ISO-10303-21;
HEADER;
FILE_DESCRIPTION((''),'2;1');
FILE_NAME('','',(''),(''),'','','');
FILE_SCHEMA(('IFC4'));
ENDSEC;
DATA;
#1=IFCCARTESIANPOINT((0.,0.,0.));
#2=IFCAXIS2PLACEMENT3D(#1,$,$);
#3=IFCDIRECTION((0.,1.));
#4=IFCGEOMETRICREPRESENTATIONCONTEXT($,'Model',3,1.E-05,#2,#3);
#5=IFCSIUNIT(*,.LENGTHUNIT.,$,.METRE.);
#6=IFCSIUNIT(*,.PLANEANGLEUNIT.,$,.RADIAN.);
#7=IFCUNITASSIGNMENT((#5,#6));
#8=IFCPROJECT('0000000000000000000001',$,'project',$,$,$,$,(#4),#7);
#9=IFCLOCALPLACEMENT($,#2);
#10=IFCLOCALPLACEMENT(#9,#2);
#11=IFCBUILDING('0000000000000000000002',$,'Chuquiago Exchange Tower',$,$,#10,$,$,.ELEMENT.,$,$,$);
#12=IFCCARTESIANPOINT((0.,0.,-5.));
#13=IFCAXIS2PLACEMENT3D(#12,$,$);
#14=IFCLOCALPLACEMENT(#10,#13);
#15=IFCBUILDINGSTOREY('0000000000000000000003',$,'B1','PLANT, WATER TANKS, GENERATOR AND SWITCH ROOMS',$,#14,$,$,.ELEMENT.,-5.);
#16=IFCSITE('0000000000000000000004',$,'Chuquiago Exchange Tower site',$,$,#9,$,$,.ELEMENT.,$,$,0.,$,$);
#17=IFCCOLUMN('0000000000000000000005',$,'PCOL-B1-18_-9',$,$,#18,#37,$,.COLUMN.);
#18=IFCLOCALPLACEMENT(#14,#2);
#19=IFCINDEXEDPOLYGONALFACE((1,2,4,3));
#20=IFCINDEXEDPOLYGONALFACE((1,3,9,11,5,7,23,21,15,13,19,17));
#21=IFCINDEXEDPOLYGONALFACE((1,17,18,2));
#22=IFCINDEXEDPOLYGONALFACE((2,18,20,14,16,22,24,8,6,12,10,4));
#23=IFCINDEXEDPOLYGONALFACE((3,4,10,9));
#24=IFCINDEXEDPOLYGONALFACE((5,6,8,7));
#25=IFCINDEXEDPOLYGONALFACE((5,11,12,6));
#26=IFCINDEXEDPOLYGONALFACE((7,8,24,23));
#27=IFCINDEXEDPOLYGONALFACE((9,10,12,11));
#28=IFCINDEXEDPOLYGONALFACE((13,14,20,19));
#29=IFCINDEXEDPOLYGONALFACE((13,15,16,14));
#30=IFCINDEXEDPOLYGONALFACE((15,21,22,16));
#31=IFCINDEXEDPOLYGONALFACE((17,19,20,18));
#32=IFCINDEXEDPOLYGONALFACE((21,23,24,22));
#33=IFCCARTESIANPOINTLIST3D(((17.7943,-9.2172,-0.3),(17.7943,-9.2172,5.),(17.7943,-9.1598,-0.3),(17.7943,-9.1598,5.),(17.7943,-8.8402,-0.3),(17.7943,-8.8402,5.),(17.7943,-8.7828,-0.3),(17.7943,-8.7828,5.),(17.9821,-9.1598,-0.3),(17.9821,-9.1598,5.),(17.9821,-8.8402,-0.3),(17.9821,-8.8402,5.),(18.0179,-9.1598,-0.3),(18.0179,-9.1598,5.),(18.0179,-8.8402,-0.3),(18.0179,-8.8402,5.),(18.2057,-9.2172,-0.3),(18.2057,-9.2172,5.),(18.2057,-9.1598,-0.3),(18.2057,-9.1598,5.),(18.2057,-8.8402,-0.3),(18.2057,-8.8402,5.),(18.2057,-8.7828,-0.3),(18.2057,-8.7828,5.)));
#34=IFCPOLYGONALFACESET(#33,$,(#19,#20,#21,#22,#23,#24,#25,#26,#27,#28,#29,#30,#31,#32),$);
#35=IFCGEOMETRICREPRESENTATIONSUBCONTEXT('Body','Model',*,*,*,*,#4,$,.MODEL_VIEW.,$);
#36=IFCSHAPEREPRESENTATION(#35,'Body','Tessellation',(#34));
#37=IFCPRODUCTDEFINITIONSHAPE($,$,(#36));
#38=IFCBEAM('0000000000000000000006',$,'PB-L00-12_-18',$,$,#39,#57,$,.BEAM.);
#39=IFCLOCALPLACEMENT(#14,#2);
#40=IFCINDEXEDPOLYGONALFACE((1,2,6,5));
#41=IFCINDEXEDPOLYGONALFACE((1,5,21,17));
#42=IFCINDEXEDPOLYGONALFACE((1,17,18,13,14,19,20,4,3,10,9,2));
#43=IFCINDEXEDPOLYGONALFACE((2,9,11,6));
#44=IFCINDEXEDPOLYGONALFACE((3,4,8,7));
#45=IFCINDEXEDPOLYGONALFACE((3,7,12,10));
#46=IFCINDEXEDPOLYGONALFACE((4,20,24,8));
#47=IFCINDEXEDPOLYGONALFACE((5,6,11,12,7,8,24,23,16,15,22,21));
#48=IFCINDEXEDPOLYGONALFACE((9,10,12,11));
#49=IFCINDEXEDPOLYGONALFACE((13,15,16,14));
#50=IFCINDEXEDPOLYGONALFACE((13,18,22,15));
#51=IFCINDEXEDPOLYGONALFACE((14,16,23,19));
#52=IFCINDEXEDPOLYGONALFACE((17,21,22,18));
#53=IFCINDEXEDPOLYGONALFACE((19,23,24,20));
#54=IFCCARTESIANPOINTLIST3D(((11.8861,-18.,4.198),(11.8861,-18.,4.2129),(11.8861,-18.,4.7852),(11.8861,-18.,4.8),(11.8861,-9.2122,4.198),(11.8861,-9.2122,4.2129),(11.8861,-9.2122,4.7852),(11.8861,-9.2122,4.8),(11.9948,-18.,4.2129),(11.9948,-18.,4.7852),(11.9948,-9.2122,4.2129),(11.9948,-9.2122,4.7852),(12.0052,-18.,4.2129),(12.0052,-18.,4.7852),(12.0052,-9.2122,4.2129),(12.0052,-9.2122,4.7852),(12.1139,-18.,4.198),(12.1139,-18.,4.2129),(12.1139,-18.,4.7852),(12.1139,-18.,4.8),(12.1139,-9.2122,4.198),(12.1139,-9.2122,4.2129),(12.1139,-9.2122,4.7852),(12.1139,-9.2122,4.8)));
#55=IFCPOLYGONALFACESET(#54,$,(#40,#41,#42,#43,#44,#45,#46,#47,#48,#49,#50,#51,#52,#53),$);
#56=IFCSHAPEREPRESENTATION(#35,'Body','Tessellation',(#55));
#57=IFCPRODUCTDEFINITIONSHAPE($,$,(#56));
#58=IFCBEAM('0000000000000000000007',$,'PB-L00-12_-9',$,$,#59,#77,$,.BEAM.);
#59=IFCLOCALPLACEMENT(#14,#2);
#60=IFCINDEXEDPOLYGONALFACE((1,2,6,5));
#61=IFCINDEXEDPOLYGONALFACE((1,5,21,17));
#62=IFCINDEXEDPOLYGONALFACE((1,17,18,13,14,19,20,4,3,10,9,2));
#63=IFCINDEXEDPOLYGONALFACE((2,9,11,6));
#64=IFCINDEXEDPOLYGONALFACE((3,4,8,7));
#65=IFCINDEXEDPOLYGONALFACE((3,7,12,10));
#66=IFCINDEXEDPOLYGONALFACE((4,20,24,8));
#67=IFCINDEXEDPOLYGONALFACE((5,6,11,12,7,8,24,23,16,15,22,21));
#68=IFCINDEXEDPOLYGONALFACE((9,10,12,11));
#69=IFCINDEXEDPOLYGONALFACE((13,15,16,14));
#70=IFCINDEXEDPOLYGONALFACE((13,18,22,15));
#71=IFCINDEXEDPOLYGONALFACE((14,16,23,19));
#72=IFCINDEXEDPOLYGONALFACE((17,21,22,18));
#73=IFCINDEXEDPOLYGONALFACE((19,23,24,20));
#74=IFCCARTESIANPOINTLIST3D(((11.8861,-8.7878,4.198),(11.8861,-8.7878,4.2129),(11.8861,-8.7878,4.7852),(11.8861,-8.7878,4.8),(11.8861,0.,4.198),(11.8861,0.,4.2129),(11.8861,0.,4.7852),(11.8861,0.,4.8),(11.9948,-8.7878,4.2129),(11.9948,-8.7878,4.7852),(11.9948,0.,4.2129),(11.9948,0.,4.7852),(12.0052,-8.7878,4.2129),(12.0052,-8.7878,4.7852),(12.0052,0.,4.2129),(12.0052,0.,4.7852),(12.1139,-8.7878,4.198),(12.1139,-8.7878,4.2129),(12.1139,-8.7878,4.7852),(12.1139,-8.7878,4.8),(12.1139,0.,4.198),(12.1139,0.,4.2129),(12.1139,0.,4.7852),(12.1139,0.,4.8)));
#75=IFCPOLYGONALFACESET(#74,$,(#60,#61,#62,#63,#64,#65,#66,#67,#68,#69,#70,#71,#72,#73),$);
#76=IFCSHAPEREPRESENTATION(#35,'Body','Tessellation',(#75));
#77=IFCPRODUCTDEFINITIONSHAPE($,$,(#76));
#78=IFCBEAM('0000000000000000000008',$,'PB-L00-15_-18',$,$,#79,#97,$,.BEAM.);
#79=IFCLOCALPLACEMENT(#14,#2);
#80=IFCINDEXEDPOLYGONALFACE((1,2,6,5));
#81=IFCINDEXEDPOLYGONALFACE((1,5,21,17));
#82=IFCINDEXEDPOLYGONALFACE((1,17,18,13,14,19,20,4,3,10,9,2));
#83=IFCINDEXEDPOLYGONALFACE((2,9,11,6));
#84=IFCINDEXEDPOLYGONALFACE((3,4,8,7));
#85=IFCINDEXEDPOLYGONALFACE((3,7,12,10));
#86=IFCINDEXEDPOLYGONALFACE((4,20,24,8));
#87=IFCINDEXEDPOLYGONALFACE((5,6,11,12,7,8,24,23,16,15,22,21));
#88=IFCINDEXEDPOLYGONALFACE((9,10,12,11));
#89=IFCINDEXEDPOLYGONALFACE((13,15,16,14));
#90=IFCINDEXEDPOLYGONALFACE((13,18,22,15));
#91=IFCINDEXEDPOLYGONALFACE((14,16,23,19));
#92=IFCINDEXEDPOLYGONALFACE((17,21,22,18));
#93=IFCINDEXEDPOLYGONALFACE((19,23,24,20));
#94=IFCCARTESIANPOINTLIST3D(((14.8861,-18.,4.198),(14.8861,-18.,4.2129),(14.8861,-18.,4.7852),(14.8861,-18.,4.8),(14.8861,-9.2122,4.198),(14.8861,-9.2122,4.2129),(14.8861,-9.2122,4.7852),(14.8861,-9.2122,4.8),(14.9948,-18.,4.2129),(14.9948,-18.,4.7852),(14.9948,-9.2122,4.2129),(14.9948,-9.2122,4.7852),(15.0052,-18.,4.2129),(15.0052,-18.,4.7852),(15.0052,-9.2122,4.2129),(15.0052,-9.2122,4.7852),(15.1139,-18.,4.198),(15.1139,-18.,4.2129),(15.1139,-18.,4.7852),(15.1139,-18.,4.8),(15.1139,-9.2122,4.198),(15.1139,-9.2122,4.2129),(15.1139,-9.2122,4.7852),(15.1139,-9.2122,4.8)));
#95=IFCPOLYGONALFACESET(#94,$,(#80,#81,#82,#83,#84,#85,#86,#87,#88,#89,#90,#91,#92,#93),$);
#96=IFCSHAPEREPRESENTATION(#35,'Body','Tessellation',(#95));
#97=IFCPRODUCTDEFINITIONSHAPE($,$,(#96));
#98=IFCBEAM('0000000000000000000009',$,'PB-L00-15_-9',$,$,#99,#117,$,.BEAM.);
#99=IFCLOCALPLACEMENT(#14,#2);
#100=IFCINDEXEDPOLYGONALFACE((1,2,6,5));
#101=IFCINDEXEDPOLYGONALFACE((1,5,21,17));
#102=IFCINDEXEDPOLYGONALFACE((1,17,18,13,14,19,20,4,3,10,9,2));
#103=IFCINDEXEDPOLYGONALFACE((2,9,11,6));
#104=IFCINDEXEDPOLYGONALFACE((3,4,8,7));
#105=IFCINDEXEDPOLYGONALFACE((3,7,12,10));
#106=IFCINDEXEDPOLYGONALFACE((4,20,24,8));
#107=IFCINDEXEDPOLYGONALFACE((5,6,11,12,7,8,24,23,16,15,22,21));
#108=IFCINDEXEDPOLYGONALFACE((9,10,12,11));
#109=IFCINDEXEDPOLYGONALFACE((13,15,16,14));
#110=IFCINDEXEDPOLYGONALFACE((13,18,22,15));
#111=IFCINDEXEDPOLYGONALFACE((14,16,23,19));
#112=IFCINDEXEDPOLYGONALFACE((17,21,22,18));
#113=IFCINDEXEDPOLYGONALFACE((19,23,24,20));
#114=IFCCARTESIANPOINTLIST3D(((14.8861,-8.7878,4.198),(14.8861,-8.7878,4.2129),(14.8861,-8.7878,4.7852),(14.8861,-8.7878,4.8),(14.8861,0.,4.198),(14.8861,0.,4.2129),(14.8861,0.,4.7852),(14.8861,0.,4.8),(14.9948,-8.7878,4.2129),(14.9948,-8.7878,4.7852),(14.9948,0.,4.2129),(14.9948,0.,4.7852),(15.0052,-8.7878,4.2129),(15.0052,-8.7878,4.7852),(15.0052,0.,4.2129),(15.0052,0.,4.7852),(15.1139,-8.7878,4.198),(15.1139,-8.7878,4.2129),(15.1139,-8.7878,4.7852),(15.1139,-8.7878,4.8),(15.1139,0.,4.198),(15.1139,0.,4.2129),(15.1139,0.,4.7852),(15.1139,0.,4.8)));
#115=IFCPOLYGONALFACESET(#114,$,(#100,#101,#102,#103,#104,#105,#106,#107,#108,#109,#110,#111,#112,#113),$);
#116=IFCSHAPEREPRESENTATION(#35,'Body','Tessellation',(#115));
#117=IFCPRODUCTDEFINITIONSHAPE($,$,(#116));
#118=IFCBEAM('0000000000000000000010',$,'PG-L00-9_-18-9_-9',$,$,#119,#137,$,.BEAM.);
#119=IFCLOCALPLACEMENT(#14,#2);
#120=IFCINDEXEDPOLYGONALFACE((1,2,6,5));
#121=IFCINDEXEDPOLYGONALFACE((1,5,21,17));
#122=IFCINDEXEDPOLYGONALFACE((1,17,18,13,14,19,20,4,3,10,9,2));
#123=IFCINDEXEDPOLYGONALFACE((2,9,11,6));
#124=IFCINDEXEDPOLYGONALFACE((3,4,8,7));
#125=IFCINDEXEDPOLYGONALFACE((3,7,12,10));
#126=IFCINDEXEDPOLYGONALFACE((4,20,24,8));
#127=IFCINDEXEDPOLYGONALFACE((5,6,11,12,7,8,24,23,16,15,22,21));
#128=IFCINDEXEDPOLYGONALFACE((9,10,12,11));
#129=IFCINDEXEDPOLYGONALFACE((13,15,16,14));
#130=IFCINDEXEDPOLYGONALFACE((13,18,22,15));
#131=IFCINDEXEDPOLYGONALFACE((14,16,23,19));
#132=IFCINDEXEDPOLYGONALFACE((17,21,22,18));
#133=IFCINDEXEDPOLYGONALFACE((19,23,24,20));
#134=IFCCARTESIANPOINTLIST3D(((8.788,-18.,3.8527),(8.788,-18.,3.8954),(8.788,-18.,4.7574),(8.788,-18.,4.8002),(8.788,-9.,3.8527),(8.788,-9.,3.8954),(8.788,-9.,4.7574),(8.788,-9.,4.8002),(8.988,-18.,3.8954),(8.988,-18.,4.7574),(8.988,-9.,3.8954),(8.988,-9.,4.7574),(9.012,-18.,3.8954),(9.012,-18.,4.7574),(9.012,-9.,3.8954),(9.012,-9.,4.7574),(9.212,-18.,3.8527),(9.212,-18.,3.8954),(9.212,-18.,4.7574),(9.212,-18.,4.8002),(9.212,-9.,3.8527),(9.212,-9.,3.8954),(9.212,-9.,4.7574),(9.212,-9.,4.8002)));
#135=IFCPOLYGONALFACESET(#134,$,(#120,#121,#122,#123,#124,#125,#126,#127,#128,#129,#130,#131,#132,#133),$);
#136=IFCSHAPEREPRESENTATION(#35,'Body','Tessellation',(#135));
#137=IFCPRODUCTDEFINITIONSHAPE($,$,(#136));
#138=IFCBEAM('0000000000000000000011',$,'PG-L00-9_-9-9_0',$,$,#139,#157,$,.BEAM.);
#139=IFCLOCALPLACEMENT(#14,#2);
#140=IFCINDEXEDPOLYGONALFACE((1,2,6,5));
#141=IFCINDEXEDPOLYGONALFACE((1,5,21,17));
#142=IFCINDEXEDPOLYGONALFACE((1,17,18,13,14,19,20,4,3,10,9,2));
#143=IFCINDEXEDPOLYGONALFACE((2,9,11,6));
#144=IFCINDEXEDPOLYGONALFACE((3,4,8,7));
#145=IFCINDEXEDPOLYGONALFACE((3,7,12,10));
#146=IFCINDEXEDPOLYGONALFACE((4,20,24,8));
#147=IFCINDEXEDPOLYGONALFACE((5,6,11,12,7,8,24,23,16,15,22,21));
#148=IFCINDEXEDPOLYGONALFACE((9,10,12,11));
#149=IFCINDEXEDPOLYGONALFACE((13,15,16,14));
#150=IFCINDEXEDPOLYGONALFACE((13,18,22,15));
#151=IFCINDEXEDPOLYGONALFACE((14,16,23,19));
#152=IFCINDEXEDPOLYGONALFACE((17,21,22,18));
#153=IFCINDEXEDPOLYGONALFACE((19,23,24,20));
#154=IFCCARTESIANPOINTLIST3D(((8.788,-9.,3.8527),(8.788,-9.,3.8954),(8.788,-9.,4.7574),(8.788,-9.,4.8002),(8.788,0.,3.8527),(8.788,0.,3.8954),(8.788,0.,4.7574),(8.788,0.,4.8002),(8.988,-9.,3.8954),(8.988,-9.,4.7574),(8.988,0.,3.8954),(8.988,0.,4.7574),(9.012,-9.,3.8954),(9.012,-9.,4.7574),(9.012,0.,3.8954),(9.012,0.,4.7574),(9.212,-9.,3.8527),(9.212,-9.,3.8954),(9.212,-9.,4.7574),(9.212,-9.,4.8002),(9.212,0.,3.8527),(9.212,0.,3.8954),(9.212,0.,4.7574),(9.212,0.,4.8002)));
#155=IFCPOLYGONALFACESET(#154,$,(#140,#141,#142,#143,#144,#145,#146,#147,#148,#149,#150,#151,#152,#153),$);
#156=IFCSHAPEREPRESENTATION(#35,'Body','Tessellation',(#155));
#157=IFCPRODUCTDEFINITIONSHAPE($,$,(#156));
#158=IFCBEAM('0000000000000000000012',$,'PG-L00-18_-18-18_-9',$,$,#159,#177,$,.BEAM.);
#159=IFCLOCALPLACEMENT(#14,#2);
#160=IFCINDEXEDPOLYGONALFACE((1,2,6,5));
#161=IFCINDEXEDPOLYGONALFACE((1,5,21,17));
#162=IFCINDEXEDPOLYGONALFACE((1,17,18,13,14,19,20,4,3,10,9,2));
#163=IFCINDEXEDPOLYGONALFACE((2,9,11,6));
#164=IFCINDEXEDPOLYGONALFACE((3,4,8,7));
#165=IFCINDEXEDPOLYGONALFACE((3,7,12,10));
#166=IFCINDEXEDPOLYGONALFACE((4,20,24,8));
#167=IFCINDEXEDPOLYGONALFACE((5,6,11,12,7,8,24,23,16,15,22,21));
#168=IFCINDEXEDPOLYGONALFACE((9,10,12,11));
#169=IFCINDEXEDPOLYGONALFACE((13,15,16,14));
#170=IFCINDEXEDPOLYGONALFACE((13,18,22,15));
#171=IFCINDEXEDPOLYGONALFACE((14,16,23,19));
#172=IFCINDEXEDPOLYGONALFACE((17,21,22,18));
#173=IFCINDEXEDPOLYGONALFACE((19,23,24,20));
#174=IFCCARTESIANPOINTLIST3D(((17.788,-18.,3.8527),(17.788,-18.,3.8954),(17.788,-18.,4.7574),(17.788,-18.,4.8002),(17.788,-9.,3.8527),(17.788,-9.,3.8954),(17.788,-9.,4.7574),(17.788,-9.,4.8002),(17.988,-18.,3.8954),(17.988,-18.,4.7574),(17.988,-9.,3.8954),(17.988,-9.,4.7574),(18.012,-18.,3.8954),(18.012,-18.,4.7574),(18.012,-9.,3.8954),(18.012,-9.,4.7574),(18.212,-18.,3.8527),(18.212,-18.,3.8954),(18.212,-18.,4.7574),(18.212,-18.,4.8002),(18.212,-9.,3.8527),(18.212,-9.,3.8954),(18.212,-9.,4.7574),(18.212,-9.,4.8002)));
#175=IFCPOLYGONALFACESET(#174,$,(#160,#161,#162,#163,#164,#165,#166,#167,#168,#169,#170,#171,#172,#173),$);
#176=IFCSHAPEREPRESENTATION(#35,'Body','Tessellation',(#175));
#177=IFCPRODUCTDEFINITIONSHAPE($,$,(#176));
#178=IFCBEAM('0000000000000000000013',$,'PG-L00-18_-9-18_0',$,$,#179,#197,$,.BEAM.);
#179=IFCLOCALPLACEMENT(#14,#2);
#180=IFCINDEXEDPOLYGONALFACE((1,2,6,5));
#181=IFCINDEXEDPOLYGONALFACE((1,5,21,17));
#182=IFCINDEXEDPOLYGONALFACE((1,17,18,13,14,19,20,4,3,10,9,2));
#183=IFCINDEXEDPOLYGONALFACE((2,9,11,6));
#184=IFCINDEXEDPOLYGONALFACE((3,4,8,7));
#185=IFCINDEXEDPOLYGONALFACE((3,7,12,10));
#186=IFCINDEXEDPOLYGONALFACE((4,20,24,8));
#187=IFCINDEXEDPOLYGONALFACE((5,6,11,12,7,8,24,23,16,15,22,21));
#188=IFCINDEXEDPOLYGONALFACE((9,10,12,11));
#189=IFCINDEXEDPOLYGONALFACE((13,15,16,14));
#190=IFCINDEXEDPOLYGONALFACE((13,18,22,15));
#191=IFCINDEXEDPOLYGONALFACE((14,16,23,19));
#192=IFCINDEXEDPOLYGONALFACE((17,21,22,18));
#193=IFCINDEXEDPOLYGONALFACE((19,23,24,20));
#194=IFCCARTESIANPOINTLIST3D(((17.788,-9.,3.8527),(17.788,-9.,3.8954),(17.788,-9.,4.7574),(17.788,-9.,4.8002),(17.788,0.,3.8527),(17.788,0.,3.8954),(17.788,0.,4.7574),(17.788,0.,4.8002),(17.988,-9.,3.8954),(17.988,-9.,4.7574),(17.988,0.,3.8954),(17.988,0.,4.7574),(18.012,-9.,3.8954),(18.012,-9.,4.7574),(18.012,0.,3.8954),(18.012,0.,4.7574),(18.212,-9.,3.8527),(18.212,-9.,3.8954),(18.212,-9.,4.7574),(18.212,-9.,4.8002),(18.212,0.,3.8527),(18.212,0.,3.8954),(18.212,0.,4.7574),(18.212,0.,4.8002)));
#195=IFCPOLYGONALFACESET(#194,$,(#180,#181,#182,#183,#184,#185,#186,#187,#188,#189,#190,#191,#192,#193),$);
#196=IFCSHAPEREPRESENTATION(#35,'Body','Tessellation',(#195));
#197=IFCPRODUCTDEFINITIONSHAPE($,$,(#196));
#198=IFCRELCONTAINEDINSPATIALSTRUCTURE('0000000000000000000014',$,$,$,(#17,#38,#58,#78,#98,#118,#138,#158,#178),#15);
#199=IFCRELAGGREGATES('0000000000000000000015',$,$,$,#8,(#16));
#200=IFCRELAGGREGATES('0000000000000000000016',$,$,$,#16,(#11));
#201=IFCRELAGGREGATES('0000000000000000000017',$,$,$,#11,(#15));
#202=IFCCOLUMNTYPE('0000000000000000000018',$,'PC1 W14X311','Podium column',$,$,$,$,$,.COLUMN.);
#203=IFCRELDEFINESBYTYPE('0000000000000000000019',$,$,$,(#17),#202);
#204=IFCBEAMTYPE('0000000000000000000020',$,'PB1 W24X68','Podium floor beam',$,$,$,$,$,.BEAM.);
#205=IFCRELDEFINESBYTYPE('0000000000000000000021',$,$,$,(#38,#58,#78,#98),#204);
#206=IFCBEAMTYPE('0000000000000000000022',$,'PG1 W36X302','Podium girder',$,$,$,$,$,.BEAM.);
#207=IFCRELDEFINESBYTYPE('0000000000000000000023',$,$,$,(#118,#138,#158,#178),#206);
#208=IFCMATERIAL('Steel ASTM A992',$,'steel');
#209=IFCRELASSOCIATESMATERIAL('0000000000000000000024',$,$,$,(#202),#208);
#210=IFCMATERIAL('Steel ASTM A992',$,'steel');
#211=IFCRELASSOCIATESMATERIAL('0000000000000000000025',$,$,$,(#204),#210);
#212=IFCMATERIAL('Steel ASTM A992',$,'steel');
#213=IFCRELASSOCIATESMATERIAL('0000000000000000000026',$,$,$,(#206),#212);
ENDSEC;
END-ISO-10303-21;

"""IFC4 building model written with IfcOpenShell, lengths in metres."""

from ifc_helpers import new_model, si_unit, direction, frame, origin, origin_2d, place, context, subcontext, project, spatial, i_section, extrude, material, material_profile, profile_set, type_object, element, save


model = new_model("IFC4")

# Units and contexts
model_context = context("Model", 3, precision=1e-05, world=origin(), true_north=direction((0.0, 1.0)))
body_context = subcontext(model_context, "Body", "Model", "MODEL_VIEW")
ifc_project = project(units=[si_unit("LENGTHUNIT", "METRE"), si_unit("PLANEANGLEUNIT", "RADIAN")], contexts=[model_context])

# Site, building, storey
site_placement = place(None, origin())
site = spatial("IfcSite", under=ifc_project, at=site_placement, Name="Chuquiago Exchange Tower site", CompositionType="ELEMENT", RefElevation=0.0)
building_placement = place(site_placement, origin())
building = spatial("IfcBuilding", under=site, at=building_placement, Name="Chuquiago Exchange Tower", CompositionType="ELEMENT")
storey_placement = place(building_placement, frame((0.0, 0.0, -5.0)))
storey = spatial("IfcBuildingStorey", under=building, at=storey_placement, Name="B1", Description="PLANT, WATER TANKS, GENERATOR AND SWITCH ROOMS", CompositionType="ELEMENT", Elevation=-5.0)

# Column
ifc_material_1 = material(Name="Steel ASTM A992", Category="steel")
ifc_material_profile_1 = material_profile(ifc_material_1, i_section(OverallWidth=0.4114, OverallDepth=0.4343, WebThickness=0.0359, FlangeThickness=0.0574, at=origin_2d()), Name="W14X311")
ifc_profile_set_1 = profile_set([ifc_material_profile_1], Name="Steel ASTM A992")
column_type = type_object("IfcColumnType", Name="PC1 W14X311", Description="Podium column", PredefinedType="COLUMN", material=ifc_profile_set_1)
for number, where, z_axis, x_axis, name in (
    (1, (18.0, -9.0, -0.3), (0.0, 0.0, 1.0), (1.0, 0.0, 0.0), "PCOL-B1-18_-9"),
):
    element("IfcColumn", number, at=place(storey_placement, frame(where, z_axis=z_axis, x_axis=x_axis)), inside=storey, type_object=column_type, Name=name, PredefinedType="COLUMN", context=body_context, shape_type="SweptSolid", body=[
        extrude(i_section(OverallWidth=0.4114, OverallDepth=0.4343, WebThickness=0.0359, FlangeThickness=0.0574, at=origin_2d()), origin(), (0.0, 0.0, 1.0), 5.3),
    ])

# Beams
ifc_material_2 = material(Name="Steel ASTM A992", Category="steel")
ifc_material_profile_2 = material_profile(ifc_material_2, i_section(OverallWidth=0.2278, OverallDepth=0.6021, WebThickness=0.0105, FlangeThickness=0.0149, at=origin_2d()), Name="W24X68")
ifc_profile_set_2 = profile_set([ifc_material_profile_2], Name="Steel ASTM A992")
beam_type_1 = type_object("IfcBeamType", Name="PB1 W24X68", Description="Podium floor beam", PredefinedType="BEAM", material=ifc_profile_set_2)
for number, where, z_axis, x_axis, name in (
    (2, (12.0, -18.0, 4.499), (0.0, 1.0, 0.0), (-1.0, 0.0, 0.0), "PB-L00-12_-18"),
    (3, (12.0, -8.7878, 4.499), (0.0, 1.0, 0.0), (-1.0, 0.0, 0.0), "PB-L00-12_-9"),
    (4, (15.0, -18.0, 4.499), (0.0, 1.0, 0.0), (-1.0, 0.0, 0.0), "PB-L00-15_-18"),
    (5, (15.0, -8.7878, 4.499), (0.0, 1.0, 0.0), (-1.0, 0.0, 0.0), "PB-L00-15_-9"),
):
    element("IfcBeam", number, at=place(storey_placement, frame(where, z_axis=z_axis, x_axis=x_axis)), inside=storey, type_object=beam_type_1, Name=name, PredefinedType="BEAM", context=body_context, shape_type="SweptSolid", body=[
        extrude(i_section(OverallWidth=0.2278, OverallDepth=0.6021, WebThickness=0.0105, FlangeThickness=0.0149, at=origin_2d()), origin(), (0.0, 0.0, 1.0), 8.7878),
    ])
ifc_material_3 = material(Name="Steel ASTM A992", Category="steel")
ifc_material_profile_3 = material_profile(ifc_material_3, i_section(OverallWidth=0.4241, OverallDepth=0.9475, WebThickness=0.0239, FlangeThickness=0.0427, at=origin_2d()), Name="W36X302")
ifc_profile_set_3 = profile_set([ifc_material_profile_3], Name="Steel ASTM A992")
beam_type_2 = type_object("IfcBeamType", Name="PG1 W36X302", Description="Podium girder", PredefinedType="BEAM", material=ifc_profile_set_3)
for number, where, z_axis, x_axis, name in (
    (6, (9.0, -18.0, 4.3264), (0.0, 1.0, 0.0), (-1.0, 0.0, 0.0), "PG-L00-9_-18-9_-9"),
    (7, (9.0, -9.0, 4.3264), (0.0, 1.0, 0.0), (-1.0, 0.0, 0.0), "PG-L00-9_-9-9_0"),
    (8, (18.0, -18.0, 4.3264), (0.0, 1.0, 0.0), (-1.0, 0.0, 0.0), "PG-L00-18_-18-18_-9"),
    (9, (18.0, -9.0, 4.3264), (0.0, 1.0, 0.0), (-1.0, 0.0, 0.0), "PG-L00-18_-9-18_0"),
):
    element("IfcBeam", number, at=place(storey_placement, frame(where, z_axis=z_axis, x_axis=x_axis)), inside=storey, type_object=beam_type_2, Name=name, PredefinedType="BEAM", context=body_context, shape_type="SweptSolid", body=[
        extrude(i_section(OverallWidth=0.4241, OverallDepth=0.9475, WebThickness=0.0239, FlangeThickness=0.0427, at=origin_2d()), origin(), (0.0, 0.0, 1.0), 9.0),
    ])

save(model, "model.ifc")
